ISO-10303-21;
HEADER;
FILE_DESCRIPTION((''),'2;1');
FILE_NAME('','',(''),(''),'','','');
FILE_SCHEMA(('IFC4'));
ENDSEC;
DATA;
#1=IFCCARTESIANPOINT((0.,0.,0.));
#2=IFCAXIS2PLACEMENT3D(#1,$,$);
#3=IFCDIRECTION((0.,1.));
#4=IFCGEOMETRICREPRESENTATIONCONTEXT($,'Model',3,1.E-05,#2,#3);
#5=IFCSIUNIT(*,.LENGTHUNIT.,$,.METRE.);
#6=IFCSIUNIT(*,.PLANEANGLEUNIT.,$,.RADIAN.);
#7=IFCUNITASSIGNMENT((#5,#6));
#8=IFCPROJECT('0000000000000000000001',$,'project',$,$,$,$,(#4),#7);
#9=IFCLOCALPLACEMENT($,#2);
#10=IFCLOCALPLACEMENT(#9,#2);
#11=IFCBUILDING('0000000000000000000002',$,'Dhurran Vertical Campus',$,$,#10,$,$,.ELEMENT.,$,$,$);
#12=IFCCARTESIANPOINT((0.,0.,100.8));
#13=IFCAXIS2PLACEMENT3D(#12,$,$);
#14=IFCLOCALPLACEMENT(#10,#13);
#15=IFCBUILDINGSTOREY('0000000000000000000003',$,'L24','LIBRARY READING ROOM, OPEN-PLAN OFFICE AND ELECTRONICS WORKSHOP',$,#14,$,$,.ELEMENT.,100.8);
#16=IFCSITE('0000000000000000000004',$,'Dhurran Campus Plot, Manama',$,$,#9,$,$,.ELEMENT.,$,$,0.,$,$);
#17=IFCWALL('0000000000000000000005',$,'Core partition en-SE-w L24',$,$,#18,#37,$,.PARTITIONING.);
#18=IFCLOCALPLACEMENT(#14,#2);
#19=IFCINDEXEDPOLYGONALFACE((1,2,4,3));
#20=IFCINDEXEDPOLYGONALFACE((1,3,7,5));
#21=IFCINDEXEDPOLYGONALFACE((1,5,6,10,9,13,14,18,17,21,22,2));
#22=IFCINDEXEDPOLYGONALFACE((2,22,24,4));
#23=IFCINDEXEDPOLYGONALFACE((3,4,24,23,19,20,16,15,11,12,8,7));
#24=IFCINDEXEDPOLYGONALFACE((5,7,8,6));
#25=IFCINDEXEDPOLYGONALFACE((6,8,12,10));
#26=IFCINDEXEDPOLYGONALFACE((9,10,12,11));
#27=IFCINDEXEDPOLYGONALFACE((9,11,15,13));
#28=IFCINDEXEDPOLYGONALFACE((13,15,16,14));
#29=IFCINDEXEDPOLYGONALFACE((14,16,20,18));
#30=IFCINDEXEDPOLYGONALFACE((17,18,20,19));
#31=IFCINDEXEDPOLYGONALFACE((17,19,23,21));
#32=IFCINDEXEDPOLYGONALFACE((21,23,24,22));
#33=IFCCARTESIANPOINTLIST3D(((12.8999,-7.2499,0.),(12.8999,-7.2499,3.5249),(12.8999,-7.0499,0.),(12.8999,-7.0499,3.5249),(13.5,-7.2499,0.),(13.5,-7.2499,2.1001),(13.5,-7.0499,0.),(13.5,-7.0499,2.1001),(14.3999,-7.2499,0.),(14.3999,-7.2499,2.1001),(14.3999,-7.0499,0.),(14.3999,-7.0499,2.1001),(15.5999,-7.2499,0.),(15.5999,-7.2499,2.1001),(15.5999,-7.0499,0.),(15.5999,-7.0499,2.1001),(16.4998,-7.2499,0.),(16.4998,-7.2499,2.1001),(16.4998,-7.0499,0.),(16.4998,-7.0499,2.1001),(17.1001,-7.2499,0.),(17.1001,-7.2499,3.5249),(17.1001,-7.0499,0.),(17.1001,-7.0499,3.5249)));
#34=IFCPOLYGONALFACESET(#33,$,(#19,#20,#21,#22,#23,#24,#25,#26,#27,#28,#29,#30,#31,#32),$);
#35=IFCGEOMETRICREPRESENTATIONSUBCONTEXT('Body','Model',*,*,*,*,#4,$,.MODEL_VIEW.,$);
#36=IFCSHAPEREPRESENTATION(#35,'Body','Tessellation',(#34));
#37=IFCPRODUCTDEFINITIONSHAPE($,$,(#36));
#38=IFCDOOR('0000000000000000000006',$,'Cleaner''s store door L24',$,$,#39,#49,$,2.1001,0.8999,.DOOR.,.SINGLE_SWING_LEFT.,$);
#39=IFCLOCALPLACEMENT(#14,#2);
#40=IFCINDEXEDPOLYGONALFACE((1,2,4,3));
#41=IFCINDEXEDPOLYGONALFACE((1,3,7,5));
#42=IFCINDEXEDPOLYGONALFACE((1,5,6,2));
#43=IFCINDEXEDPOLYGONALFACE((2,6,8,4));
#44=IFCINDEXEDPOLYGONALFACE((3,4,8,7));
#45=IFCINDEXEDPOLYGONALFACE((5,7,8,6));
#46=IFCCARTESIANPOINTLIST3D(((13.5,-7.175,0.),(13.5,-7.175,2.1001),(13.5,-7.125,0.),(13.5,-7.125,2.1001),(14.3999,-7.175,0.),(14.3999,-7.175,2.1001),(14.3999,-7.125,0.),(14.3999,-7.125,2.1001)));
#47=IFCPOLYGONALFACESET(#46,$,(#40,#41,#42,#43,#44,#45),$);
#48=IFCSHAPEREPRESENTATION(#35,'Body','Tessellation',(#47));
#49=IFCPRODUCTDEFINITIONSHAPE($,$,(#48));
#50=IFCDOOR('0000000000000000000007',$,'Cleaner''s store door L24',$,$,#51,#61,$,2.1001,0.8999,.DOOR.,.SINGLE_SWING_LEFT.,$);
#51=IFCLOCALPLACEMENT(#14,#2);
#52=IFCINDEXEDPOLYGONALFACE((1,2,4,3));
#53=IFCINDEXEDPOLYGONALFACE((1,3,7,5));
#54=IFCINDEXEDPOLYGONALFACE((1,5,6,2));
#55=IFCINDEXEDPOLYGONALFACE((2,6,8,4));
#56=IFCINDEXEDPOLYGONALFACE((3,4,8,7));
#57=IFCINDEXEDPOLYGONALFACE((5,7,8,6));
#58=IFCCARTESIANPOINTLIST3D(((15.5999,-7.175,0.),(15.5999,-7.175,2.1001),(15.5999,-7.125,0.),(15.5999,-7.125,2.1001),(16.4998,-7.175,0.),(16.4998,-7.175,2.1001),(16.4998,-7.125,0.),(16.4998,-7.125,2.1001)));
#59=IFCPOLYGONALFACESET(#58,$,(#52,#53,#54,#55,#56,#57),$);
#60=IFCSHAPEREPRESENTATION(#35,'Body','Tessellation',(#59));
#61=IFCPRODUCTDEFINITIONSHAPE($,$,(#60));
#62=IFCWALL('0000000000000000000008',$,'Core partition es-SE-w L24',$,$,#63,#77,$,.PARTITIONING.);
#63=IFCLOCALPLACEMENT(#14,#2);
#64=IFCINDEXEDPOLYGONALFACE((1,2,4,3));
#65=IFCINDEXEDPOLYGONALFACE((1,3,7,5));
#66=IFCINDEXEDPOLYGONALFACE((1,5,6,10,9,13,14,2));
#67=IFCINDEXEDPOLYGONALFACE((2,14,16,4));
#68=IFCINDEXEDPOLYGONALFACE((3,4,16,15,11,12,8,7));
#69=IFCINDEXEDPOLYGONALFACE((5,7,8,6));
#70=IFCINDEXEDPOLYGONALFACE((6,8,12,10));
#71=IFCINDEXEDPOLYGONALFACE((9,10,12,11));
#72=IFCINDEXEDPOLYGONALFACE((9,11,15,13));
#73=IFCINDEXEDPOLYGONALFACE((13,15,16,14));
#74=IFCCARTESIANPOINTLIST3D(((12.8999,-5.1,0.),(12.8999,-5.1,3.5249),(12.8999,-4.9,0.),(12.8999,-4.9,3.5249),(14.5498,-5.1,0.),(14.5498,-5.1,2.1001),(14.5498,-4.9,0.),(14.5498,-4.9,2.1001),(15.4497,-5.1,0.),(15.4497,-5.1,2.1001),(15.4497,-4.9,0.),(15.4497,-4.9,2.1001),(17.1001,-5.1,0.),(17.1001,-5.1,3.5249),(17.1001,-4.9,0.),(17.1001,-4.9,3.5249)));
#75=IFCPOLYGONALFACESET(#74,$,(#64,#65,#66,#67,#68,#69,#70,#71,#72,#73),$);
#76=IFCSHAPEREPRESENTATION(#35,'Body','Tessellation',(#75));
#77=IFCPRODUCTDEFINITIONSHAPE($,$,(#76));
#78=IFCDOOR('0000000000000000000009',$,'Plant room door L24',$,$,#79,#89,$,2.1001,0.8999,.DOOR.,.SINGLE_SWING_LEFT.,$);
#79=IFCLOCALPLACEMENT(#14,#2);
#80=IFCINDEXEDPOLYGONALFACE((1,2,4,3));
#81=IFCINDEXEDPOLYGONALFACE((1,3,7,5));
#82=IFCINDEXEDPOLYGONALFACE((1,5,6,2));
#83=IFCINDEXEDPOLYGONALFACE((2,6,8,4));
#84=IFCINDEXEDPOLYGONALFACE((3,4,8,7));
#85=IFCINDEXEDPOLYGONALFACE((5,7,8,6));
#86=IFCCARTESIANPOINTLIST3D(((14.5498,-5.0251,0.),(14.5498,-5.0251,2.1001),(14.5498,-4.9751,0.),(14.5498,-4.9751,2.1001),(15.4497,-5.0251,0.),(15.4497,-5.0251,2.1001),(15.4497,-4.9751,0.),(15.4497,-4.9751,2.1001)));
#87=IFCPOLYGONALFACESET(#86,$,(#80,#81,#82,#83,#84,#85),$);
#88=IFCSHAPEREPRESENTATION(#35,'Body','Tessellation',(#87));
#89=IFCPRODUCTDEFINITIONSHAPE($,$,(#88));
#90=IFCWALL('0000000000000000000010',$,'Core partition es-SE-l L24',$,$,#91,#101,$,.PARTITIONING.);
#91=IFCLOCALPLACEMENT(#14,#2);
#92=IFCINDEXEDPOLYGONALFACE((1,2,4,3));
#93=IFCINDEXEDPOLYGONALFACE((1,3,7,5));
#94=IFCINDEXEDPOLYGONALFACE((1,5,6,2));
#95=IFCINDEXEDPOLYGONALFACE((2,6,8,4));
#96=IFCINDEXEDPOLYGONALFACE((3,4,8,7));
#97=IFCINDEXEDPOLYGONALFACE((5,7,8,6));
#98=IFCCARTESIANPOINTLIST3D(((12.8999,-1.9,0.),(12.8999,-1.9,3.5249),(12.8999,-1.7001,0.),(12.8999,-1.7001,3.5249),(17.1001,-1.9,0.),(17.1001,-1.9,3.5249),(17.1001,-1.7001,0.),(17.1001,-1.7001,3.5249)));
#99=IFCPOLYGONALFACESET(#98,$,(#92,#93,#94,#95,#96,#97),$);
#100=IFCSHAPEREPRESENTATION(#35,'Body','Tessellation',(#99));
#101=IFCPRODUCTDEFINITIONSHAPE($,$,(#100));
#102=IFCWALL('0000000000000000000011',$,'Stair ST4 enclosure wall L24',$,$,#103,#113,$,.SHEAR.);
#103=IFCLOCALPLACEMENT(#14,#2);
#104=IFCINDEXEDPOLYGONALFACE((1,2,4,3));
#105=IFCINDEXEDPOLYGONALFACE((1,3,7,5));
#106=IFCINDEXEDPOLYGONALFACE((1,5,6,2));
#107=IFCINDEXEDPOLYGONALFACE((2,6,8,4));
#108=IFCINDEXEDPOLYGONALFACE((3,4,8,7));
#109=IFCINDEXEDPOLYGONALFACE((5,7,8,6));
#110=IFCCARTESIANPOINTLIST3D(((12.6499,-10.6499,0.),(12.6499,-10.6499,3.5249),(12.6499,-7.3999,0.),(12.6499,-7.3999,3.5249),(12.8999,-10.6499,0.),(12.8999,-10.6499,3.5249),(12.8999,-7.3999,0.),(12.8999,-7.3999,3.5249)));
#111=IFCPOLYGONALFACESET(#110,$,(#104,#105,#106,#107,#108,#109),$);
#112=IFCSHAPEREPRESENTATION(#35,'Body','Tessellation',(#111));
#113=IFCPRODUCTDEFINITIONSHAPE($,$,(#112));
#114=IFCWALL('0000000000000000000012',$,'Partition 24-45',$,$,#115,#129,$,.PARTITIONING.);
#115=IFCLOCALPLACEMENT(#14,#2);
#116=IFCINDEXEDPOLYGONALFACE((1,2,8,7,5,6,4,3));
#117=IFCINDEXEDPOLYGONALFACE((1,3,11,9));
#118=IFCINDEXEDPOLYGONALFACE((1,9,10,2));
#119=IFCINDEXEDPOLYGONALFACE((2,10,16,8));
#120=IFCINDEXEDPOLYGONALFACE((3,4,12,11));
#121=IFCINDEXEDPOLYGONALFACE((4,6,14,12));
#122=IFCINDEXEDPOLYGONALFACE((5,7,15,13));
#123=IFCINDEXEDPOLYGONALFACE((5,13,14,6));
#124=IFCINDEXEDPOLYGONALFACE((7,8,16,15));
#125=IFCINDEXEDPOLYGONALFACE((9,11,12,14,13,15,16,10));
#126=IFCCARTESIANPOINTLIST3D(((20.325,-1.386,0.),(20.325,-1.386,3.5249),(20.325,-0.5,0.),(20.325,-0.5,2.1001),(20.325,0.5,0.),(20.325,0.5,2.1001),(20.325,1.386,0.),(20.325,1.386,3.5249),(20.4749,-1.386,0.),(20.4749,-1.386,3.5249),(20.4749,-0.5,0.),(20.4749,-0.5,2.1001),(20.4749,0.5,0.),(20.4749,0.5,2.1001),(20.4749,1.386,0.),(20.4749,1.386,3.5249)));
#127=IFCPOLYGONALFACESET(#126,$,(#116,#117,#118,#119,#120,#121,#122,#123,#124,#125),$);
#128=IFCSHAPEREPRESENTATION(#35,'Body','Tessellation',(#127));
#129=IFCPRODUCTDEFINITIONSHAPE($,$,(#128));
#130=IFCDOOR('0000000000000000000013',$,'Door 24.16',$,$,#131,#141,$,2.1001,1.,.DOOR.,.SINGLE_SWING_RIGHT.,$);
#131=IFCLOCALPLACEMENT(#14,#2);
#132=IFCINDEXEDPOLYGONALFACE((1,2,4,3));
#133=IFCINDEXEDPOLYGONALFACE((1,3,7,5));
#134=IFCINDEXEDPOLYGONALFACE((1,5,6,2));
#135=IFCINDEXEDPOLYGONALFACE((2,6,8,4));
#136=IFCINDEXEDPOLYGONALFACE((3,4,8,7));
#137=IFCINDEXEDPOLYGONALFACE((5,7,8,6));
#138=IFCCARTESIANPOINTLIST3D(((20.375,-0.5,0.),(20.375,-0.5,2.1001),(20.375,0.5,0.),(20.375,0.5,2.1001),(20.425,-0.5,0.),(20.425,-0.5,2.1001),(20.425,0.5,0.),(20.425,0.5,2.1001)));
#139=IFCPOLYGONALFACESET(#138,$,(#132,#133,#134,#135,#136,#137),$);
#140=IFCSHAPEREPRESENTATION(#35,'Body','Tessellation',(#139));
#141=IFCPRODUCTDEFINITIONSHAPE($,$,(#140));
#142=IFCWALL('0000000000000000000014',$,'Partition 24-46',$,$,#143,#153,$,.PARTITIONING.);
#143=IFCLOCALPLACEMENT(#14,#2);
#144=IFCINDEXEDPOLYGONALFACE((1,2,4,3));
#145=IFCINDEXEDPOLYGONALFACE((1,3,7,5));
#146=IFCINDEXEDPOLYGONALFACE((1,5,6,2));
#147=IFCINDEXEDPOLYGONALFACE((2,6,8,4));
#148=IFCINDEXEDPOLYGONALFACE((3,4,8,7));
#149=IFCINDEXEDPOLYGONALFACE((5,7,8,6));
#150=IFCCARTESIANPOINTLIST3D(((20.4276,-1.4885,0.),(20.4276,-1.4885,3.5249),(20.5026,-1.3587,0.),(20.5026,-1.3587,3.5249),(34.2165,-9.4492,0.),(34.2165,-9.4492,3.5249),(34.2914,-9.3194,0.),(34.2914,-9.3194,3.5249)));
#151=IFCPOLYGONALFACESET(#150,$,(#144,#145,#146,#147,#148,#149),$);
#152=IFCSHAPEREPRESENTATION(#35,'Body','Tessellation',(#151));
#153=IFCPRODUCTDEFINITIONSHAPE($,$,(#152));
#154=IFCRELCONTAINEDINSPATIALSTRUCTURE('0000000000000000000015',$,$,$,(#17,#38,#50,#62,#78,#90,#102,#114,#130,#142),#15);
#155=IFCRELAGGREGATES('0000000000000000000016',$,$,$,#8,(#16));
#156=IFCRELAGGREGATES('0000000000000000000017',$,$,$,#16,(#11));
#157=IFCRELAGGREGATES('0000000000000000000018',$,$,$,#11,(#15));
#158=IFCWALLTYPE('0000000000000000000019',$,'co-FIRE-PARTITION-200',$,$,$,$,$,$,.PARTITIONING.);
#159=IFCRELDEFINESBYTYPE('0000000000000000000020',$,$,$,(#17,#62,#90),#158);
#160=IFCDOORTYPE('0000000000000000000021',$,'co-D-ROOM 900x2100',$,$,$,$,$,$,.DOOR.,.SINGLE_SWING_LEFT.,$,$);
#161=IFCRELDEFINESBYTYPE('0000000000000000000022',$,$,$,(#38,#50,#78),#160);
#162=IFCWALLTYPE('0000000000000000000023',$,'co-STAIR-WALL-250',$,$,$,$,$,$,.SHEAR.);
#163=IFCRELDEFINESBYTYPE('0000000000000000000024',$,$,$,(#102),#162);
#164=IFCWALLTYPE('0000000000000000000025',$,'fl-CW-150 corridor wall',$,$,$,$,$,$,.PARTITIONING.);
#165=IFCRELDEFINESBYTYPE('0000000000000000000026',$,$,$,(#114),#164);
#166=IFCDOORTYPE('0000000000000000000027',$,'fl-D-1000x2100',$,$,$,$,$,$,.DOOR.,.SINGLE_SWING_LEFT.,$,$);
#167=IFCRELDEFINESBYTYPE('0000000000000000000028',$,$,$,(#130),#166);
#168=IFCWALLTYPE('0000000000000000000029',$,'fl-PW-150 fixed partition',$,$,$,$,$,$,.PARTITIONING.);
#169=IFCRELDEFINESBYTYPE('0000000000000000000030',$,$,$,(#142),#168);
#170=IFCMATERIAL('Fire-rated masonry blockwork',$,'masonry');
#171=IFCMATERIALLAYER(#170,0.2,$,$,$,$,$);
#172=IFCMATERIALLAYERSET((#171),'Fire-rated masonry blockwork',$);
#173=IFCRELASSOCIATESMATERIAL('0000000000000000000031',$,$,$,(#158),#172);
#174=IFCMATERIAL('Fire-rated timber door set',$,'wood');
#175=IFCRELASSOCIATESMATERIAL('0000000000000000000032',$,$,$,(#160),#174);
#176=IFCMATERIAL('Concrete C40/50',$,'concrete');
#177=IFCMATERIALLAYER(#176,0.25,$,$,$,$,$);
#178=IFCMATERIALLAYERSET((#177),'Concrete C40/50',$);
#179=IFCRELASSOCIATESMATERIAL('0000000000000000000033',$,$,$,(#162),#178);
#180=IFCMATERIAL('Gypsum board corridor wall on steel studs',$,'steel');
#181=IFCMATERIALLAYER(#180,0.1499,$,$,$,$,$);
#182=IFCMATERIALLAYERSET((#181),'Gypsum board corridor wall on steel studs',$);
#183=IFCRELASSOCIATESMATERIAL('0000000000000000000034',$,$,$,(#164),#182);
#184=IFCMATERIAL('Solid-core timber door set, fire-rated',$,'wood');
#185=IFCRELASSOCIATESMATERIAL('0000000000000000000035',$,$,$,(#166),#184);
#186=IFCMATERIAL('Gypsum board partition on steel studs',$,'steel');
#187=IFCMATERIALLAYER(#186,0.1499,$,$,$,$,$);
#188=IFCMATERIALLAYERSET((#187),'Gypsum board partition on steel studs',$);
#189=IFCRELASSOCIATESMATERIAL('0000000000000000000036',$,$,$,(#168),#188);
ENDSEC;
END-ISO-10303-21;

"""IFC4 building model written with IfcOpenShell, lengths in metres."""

from ifc_helpers import new_model, si_unit, direction, frame, frame_2d, origin, place, context, subcontext, project, spatial, rectangle, extrude, material, layer, layer_set, type_object, element, fill, save


model = new_model("IFC4")

# Units and contexts
model_context = context("Model", 3, precision=1e-05, world=origin(), true_north=direction((0.0, 1.0)))
body_context = subcontext(model_context, "Body", "Model", "MODEL_VIEW")
ifc_project = project(units=[si_unit("LENGTHUNIT", "METRE"), si_unit("PLANEANGLEUNIT", "RADIAN")], contexts=[model_context])

# Site, building, storey
site_placement = place(None, origin())
site = spatial("IfcSite", under=ifc_project, at=site_placement, Name="Dhurran Campus Plot, Manama", CompositionType="ELEMENT", RefElevation=0.0)
building_placement = place(site_placement, origin())
building = spatial("IfcBuilding", under=site, at=building_placement, Name="Dhurran Vertical Campus", CompositionType="ELEMENT")
storey_placement = place(building_placement, frame((0.0, 0.0, 100.8)))
storey = spatial("IfcBuildingStorey", under=building, at=storey_placement, Name="L24", Description="LIBRARY READING ROOM, OPEN-PLAN OFFICE AND ELECTRONICS WORKSHOP", CompositionType="ELEMENT", Elevation=100.8)

# Shared definitions
ifc_material_1 = material(Name="Fire-rated masonry blockwork", Category="masonry")
ifc_layer_1 = layer(ifc_material_1, 0.2)
ifc_layer_set_1 = layer_set([ifc_layer_1], Name="Fire-rated masonry blockwork")
wall_type_1 = type_object("IfcWallType", Name="co-FIRE-PARTITION-200", PredefinedType="PARTITIONING", material=ifc_layer_set_1)

# Wall, openings, doors
wall_1_placement = place(storey_placement, frame((12.8999, -7.1499, 0.0), z_axis=(0.0, 0.0, 1.0), x_axis=(1.0, 0.0, 0.0)))
wall_1 = element("IfcWall", 1, at=wall_1_placement, inside=storey, type_object=wall_type_1, Name="Core partition en-SE-w L24", PredefinedType="PARTITIONING", context=body_context, shape_type="SweptSolid", body=[
    extrude(rectangle(XDim=4.2002, YDim=0.2, at=frame_2d((2.1001, 0.0))), origin(), (0.0, 0.0, 1.0), 3.5249),
])
opening_1_placement = place(wall_1_placement, frame((0.6001, 0.0, 0.0)))
opening_1 = element("IfcOpeningElement", 2, at=opening_1_placement, cuts=wall_1, PredefinedType="OPENING", context=body_context, shape_type="SweptSolid", body=[
    extrude(rectangle(XDim=0.8999, YDim=2.1001, at=frame_2d((0.45, 1.05))), frame((0.0, 0.1099, 0.0), z_axis=(0.0, -1.0, 0.0), x_axis=(1.0, 0.0, 0.0)), (0.0, 0.0, 1.0), 0.22),
])
opening_2_placement = place(wall_1_placement, frame((2.7, 0.0, 0.0)))
opening_2 = element("IfcOpeningElement", 3, at=opening_2_placement, cuts=wall_1, PredefinedType="OPENING", context=body_context, shape_type="SweptSolid", body=[
    extrude(rectangle(XDim=0.8999, YDim=2.1001, at=frame_2d((0.45, 1.05))), frame((0.0, 0.1099, 0.0), z_axis=(0.0, -1.0, 0.0), x_axis=(1.0, 0.0, 0.0)), (0.0, 0.0, 1.0), 0.22),
])
ifc_material_2 = material(Name="Fire-rated timber door set", Category="wood")
door_type_1 = type_object("IfcDoorType", Name="co-D-ROOM 900x2100", OperationType="SINGLE_SWING_LEFT", PredefinedType="DOOR", material=ifc_material_2)
door_1_placement = place(opening_1_placement, origin())
door_1 = element("IfcDoor", 4, at=door_1_placement, inside=storey, type_object=door_type_1, Name="Cleaner's store door L24", OperationType="SINGLE_SWING_LEFT", OverallHeight=2.1001, OverallWidth=0.8999, PredefinedType="DOOR", context=body_context, shape_type="SweptSolid", body=[
    extrude(rectangle(XDim=0.8999, YDim=2.1001, at=frame_2d((0.45, 1.05))), frame((0.0, 0.0249, 0.0), z_axis=(0.0, -1.0, 0.0), x_axis=(1.0, 0.0, 0.0)), (0.0, 0.0, 1.0), 0.05),
])
fill(opening_1, door_1)
door_2_placement = place(opening_2_placement, origin())
door_2 = element("IfcDoor", 5, at=door_2_placement, inside=storey, type_object=door_type_1, Name="Cleaner's store door L24", OperationType="SINGLE_SWING_LEFT", OverallHeight=2.1001, OverallWidth=0.8999, PredefinedType="DOOR", context=body_context, shape_type="SweptSolid", body=[
    extrude(rectangle(XDim=0.8999, YDim=2.1001, at=frame_2d((0.45, 1.05))), frame((0.0, 0.0249, 0.0), z_axis=(0.0, -1.0, 0.0), x_axis=(1.0, 0.0, 0.0)), (0.0, 0.0, 1.0), 0.05),
])
fill(opening_2, door_2)

# Wall, opening, door
wall_2_placement = place(storey_placement, frame((12.8999, -5.0, 0.0), z_axis=(0.0, 0.0, 1.0), x_axis=(1.0, 0.0, 0.0)))
wall_2 = element("IfcWall", 6, at=wall_2_placement, inside=storey, type_object=wall_type_1, Name="Core partition es-SE-w L24", PredefinedType="PARTITIONING", context=body_context, shape_type="SweptSolid", body=[
    extrude(rectangle(XDim=4.2002, YDim=0.2, at=frame_2d((2.1001, 0.0))), origin(), (0.0, 0.0, 1.0), 3.5249),
])
opening_3_placement = place(wall_2_placement, frame((1.6499, 0.0, 0.0)))
opening_3 = element("IfcOpeningElement", 7, at=opening_3_placement, cuts=wall_2, PredefinedType="OPENING", context=body_context, shape_type="SweptSolid", body=[
    extrude(rectangle(XDim=0.8999, YDim=2.1001, at=frame_2d((0.45, 1.05))), frame((0.0, 0.1099, 0.0), z_axis=(0.0, -1.0, 0.0), x_axis=(1.0, 0.0, 0.0)), (0.0, 0.0, 1.0), 0.22),
])
door_3_placement = place(opening_3_placement, origin())
door_3 = element("IfcDoor", 8, at=door_3_placement, inside=storey, type_object=door_type_1, Name="Plant room door L24", OperationType="SINGLE_SWING_LEFT", OverallHeight=2.1001, OverallWidth=0.8999, PredefinedType="DOOR", context=body_context, shape_type="SweptSolid", body=[
    extrude(rectangle(XDim=0.8999, YDim=2.1001, at=frame_2d((0.45, 1.05))), frame((0.0, 0.0249, 0.0), z_axis=(0.0, -1.0, 0.0), x_axis=(1.0, 0.0, 0.0)), (0.0, 0.0, 1.0), 0.05),
])
fill(opening_3, door_3)

# Walls
wall_3_placement = place(storey_placement, frame((12.8999, -1.8, 0.0), z_axis=(0.0, 0.0, 1.0), x_axis=(1.0, 0.0, 0.0)))
element("IfcWall", 9, at=wall_3_placement, inside=storey, type_object=wall_type_1, Name="Core partition es-SE-l L24", PredefinedType="PARTITIONING", context=body_context, shape_type="SweptSolid", body=[
    extrude(rectangle(XDim=4.2002, YDim=0.2, at=frame_2d((2.1001, 0.0))), origin(), (0.0, 0.0, 1.0), 3.5249),
])
ifc_material_3 = material(Name="Concrete C40/50", Category="concrete")
ifc_layer_2 = layer(ifc_material_3, 0.25)
ifc_layer_set_2 = layer_set([ifc_layer_2], Name="Concrete C40/50")
wall_type_2 = type_object("IfcWallType", Name="co-STAIR-WALL-250", PredefinedType="SHEAR", material=ifc_layer_set_2)
wall_4_placement = place(storey_placement, frame((12.7749, -10.6499, 0.0), z_axis=(0.0, 0.0, 1.0), x_axis=(0.0, 1.0, 0.0)))
element("IfcWall", 10, at=wall_4_placement, inside=storey, type_object=wall_type_2, Name="Stair ST4 enclosure wall L24", PredefinedType="SHEAR", context=body_context, shape_type="SweptSolid", body=[
    extrude(rectangle(XDim=3.25, YDim=0.25, at=frame_2d((1.625, 0.0))), origin(), (0.0, 0.0, 1.0), 3.5249),
])

# Wall, opening, door
ifc_material_4 = material(Name="Gypsum board corridor wall on steel studs", Category="steel")
ifc_layer_3 = layer(ifc_material_4, 0.1499)
ifc_layer_set_3 = layer_set([ifc_layer_3], Name="Gypsum board corridor wall on steel studs")
wall_type_3 = type_object("IfcWallType", Name="fl-CW-150 corridor wall", PredefinedType="PARTITIONING", material=ifc_layer_set_3)
wall_5_placement = place(storey_placement, frame((20.3999, -1.386, 0.0), z_axis=(0.0, 0.0, 1.0), x_axis=(0.0, 1.0, 0.0)))
wall_5 = element("IfcWall", 11, at=wall_5_placement, inside=storey, type_object=wall_type_3, Name="Partition 24-45", PredefinedType="PARTITIONING", context=body_context, shape_type="SweptSolid", body=[
    extrude(rectangle(XDim=2.772, YDim=0.1499, at=frame_2d((1.386, 0.0))), origin(), (0.0, 0.0, 1.0), 3.5249),
])
opening_4_placement = place(wall_5_placement, frame((0.886, 0.0, 0.0)))
opening_4 = element("IfcOpeningElement", 12, at=opening_4_placement, cuts=wall_5, PredefinedType="OPENING", context=body_context, shape_type="SweptSolid", body=[
    extrude(rectangle(XDim=1.0, YDim=2.1001, at=frame_2d((0.5, 1.05))), frame((0.0, 0.085, 0.0), z_axis=(0.0, -1.0, 0.0), x_axis=(1.0, 0.0, 0.0)), (0.0, 0.0, 1.0), 0.1699),
])
ifc_material_5 = material(Name="Solid-core timber door set, fire-rated", Category="wood")
door_type_2 = type_object("IfcDoorType", Name="fl-D-1000x2100", OperationType="SINGLE_SWING_LEFT", PredefinedType="DOOR", material=ifc_material_5)
door_4_placement = place(opening_4_placement, origin())
door_4 = element("IfcDoor", 13, at=door_4_placement, inside=storey, type_object=door_type_2, Name="Door 24.16", OperationType="SINGLE_SWING_RIGHT", OverallHeight=2.1001, OverallWidth=1.0, PredefinedType="DOOR", context=body_context, shape_type="SweptSolid", body=[
    extrude(rectangle(XDim=1.0, YDim=2.1001, at=frame_2d((0.5, 1.05))), frame((0.0, 0.0249, 0.0), z_axis=(0.0, -1.0, 0.0), x_axis=(1.0, 0.0, 0.0)), (0.0, 0.0, 1.0), 0.05),
])
fill(opening_4, door_4)

# Wall
ifc_material_6 = material(Name="Gypsum board partition on steel studs", Category="steel")
ifc_layer_4 = layer(ifc_material_6, 0.1499)
ifc_layer_set_4 = layer_set([ifc_layer_4], Name="Gypsum board partition on steel studs")
wall_type_4 = type_object("IfcWallType", Name="fl-PW-150 fixed partition", PredefinedType="PARTITIONING", material=ifc_layer_set_4)
wall_6_placement = place(storey_placement, frame((20.4651, -1.4236, 0.0), z_axis=(0.0, 0.0, 1.0), x_axis=(0.866033, -0.499987, 0.0)))
element("IfcWall", 14, at=wall_6_placement, inside=storey, type_object=wall_type_4, Name="Partition 24-46", PredefinedType="PARTITIONING", context=body_context, shape_type="SweptSolid", body=[
    extrude(rectangle(XDim=15.9219, YDim=0.1499, at=frame_2d((7.9609, 0.0))), origin(), (0.0, 0.0, 1.0), 3.5249),
])

save(model, "model.ifc")
